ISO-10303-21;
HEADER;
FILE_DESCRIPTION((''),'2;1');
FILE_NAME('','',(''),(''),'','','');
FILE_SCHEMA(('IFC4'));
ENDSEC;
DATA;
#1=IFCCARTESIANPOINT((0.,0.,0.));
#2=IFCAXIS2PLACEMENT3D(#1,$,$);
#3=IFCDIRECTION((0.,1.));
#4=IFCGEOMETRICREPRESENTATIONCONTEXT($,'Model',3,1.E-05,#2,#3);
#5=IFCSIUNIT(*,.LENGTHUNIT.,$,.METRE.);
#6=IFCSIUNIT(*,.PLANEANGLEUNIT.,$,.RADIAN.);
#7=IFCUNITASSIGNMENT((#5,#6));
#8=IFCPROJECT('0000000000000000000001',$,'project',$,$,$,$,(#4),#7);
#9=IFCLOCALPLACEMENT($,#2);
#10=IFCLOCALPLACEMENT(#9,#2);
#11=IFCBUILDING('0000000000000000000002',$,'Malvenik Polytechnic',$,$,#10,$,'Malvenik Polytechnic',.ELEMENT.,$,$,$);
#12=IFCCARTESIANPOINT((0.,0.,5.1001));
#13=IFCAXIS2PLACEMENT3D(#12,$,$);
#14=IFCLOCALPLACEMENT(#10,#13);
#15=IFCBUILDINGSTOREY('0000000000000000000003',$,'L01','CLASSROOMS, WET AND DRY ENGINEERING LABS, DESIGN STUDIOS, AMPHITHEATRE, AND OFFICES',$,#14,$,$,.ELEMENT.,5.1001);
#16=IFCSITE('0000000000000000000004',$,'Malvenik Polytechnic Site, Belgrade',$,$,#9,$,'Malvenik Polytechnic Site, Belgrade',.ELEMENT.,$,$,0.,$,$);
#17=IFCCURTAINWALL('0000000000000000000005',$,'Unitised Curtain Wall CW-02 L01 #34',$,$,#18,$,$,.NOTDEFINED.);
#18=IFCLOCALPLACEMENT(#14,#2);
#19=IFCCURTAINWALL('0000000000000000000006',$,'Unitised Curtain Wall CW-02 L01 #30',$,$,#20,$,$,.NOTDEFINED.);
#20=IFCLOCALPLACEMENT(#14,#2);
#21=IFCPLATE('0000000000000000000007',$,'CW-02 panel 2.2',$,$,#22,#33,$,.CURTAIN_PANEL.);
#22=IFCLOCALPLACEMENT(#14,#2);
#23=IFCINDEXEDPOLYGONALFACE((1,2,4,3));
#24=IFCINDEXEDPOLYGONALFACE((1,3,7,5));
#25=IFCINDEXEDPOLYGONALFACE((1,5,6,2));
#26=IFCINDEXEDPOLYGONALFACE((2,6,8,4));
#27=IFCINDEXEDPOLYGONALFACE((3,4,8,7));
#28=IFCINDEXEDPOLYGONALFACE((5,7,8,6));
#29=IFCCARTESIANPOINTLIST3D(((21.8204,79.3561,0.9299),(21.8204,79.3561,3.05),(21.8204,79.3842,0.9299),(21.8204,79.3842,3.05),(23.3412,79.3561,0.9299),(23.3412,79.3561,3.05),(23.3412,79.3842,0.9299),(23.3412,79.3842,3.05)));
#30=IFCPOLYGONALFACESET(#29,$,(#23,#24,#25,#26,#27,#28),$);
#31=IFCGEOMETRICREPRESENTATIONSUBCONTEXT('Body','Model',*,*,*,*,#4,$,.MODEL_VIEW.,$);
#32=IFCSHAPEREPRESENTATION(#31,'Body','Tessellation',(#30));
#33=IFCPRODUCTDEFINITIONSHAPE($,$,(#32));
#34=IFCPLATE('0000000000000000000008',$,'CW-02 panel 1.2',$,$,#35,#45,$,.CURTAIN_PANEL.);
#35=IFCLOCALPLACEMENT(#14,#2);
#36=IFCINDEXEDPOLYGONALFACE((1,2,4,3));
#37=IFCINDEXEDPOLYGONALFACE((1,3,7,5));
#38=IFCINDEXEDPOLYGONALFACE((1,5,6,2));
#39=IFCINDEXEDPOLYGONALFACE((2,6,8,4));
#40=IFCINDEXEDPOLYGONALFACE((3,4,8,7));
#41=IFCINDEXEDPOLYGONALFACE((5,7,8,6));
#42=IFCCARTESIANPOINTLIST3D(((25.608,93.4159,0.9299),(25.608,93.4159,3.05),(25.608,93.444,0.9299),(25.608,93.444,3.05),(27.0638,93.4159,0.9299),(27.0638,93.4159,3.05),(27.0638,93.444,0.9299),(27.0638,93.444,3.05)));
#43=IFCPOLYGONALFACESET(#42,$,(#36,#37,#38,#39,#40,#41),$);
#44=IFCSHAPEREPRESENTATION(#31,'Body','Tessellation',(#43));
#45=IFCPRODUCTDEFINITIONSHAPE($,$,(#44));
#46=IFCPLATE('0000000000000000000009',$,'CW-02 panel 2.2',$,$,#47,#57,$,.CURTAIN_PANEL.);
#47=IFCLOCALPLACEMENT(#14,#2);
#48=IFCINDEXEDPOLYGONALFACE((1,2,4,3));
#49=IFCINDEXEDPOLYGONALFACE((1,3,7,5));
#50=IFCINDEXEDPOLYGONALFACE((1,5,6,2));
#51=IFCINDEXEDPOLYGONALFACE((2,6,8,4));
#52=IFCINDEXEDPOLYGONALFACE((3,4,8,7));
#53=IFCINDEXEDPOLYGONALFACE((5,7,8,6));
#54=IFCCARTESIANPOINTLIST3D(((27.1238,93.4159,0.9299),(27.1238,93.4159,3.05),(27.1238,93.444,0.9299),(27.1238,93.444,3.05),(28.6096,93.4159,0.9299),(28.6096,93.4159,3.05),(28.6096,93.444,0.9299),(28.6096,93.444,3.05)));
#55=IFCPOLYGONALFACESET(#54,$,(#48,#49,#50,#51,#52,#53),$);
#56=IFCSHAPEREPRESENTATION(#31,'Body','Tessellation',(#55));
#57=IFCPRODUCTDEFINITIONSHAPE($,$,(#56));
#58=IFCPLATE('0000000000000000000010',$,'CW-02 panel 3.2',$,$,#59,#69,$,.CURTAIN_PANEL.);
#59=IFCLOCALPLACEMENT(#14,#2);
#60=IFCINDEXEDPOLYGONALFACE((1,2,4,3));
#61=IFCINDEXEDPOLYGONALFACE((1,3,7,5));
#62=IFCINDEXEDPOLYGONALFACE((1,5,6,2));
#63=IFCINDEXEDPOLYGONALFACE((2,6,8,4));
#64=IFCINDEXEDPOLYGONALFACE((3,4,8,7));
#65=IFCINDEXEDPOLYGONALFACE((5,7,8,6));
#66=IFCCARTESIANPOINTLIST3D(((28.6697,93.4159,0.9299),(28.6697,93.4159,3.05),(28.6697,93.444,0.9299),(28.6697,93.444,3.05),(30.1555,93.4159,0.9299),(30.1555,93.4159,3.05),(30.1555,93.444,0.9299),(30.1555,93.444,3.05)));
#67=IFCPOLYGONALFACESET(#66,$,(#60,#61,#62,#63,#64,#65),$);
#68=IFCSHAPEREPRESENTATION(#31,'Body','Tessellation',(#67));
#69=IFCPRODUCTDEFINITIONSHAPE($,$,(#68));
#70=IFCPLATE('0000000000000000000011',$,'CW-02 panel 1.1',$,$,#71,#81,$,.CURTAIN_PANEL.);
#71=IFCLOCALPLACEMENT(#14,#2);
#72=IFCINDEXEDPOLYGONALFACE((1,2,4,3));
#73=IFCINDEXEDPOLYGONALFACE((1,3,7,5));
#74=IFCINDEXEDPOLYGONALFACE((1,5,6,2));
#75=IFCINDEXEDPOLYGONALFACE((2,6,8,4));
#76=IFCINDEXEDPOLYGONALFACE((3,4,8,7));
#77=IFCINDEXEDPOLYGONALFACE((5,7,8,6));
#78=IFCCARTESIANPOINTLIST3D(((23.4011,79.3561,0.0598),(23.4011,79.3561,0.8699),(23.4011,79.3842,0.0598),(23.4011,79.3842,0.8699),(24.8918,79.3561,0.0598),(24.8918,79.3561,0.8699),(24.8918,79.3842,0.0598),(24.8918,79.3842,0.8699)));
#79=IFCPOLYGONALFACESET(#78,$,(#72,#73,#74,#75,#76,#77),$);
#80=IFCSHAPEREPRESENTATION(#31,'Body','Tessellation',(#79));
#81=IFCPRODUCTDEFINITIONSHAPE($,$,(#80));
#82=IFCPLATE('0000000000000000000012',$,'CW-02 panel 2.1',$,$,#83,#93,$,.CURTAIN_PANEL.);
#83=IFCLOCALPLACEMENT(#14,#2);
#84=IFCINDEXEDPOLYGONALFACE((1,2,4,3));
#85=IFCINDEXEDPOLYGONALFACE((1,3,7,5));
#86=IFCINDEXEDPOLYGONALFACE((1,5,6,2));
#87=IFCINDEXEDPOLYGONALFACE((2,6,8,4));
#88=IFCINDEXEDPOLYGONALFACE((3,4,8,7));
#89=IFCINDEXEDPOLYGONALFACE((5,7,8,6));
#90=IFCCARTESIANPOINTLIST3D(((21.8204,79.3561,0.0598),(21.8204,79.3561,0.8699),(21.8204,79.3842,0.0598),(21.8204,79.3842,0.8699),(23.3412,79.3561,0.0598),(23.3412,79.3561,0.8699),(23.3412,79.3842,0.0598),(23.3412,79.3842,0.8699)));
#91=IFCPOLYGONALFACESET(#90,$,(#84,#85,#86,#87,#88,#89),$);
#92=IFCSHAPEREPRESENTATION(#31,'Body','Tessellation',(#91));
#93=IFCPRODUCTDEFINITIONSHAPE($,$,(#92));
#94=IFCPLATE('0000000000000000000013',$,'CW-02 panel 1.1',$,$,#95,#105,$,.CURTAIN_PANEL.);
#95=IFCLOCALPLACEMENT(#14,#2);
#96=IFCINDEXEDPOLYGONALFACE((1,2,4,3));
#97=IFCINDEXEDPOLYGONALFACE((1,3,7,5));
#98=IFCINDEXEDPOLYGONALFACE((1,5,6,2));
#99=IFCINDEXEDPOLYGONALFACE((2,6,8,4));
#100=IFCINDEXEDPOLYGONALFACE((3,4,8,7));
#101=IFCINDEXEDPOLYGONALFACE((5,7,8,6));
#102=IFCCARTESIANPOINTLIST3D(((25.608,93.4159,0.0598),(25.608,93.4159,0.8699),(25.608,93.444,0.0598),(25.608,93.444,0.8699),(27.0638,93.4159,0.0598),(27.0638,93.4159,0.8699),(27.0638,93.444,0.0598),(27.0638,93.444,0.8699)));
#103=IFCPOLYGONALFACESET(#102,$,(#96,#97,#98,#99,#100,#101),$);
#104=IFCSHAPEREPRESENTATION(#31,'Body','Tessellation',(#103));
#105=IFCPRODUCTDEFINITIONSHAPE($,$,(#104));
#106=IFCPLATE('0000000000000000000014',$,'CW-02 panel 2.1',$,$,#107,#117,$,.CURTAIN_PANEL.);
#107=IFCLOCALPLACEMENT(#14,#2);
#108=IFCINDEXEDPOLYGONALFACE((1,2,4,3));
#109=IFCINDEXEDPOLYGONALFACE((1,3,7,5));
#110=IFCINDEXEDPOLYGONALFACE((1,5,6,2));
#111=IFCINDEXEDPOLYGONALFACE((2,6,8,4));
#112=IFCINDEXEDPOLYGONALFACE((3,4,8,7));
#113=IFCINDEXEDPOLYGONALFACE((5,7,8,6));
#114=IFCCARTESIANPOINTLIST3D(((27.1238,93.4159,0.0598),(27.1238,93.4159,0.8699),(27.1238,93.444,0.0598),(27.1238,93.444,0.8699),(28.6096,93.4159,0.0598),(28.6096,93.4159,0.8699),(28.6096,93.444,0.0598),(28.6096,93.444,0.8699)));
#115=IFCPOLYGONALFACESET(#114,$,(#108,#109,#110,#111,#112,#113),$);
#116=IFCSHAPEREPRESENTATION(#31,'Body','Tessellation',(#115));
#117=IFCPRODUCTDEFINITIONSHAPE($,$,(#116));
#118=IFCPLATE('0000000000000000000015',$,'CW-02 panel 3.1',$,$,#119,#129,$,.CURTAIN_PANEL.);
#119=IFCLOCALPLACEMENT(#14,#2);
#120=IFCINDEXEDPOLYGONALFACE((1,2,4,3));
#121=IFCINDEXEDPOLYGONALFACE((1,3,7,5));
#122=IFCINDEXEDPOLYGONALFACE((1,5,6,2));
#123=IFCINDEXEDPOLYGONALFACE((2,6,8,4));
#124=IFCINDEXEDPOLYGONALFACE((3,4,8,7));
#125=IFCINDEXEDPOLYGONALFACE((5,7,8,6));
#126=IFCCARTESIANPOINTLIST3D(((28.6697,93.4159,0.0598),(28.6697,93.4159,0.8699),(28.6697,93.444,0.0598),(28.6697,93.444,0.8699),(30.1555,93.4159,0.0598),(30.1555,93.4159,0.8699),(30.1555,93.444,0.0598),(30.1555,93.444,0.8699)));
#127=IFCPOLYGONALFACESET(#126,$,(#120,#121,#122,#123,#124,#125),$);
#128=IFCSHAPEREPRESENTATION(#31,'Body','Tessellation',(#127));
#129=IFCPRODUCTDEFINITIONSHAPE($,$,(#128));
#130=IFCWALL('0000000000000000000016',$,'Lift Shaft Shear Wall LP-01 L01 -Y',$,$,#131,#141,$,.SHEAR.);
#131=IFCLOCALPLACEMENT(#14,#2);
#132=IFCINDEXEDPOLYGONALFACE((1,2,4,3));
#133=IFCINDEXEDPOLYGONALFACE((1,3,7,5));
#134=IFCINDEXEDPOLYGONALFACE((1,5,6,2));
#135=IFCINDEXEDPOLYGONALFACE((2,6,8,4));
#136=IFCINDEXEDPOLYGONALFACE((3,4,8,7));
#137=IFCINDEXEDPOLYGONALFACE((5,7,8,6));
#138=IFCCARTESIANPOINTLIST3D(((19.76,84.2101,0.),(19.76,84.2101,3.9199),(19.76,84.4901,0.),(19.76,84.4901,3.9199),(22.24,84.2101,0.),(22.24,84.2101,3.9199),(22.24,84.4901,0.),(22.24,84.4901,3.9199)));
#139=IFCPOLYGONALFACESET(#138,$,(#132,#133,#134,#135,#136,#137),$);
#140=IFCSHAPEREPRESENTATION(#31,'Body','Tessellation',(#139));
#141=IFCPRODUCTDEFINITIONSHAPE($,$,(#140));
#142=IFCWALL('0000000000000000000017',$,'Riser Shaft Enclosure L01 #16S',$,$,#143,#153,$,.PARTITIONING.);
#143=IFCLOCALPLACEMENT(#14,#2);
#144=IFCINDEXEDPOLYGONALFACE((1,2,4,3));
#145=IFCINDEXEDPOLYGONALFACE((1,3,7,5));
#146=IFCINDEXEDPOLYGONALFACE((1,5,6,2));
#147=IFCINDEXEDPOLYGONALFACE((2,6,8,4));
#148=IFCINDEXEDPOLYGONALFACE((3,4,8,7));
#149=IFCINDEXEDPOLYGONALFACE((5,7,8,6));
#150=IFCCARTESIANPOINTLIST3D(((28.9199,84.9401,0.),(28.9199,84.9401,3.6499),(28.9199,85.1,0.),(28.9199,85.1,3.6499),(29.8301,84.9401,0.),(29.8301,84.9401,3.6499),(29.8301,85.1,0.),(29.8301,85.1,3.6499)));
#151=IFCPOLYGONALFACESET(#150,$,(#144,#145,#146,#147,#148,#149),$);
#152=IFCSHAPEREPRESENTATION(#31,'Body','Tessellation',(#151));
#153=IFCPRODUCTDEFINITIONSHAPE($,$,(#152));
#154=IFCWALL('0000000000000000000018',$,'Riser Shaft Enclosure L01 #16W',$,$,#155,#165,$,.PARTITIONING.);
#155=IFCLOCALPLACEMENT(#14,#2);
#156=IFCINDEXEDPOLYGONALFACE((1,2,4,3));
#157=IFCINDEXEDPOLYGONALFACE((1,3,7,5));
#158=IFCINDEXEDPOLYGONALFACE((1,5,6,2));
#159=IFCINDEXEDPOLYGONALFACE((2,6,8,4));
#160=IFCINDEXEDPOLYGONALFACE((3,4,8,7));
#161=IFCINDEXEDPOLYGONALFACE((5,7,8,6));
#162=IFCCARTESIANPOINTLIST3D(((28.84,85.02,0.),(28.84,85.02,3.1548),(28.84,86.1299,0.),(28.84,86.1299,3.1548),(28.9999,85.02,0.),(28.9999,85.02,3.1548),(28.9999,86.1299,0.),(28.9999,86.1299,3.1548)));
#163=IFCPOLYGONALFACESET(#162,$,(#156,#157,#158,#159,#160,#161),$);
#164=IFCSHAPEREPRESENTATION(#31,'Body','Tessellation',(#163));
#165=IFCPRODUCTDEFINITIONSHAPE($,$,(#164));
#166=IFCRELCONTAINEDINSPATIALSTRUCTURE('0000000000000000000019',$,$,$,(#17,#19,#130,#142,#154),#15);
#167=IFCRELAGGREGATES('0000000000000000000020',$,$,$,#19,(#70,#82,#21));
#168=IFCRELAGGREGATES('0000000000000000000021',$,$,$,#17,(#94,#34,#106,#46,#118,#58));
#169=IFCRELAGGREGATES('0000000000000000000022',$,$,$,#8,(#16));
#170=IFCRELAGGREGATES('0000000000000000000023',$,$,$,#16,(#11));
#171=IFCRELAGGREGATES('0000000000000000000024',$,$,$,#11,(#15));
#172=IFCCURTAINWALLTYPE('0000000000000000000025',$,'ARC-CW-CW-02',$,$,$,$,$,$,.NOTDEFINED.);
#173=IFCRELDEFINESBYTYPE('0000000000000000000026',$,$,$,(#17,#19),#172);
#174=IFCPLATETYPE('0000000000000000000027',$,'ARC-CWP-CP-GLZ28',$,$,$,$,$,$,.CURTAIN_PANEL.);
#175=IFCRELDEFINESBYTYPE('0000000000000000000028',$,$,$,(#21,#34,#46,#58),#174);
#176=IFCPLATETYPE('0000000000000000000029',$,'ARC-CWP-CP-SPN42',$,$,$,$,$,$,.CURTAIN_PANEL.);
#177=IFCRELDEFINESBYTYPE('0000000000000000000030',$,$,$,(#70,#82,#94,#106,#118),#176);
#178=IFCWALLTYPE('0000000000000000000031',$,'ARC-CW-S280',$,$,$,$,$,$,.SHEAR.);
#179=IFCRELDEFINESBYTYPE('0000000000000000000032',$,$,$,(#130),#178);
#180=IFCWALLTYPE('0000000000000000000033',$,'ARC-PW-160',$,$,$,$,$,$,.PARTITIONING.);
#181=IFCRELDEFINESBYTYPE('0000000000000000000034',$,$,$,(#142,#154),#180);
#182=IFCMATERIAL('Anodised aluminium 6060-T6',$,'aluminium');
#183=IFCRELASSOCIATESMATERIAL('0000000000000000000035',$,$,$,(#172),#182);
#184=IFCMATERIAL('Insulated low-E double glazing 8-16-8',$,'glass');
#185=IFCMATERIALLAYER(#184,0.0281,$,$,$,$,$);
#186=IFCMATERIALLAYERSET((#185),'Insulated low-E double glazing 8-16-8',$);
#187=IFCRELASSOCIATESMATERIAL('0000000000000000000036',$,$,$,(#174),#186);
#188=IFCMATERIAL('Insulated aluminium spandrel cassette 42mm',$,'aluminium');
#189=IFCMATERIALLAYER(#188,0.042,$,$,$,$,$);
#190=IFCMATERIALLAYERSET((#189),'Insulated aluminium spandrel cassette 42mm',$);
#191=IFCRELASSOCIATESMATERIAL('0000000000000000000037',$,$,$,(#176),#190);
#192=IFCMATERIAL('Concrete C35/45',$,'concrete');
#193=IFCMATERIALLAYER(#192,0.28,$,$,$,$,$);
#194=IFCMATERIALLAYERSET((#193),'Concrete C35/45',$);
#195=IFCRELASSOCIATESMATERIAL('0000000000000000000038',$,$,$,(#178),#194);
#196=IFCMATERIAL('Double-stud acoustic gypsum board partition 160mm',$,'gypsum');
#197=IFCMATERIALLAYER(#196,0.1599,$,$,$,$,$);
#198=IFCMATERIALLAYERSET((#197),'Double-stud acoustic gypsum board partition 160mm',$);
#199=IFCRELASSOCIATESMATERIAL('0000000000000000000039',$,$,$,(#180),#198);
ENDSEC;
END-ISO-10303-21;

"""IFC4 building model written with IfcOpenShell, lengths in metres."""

from ifc_helpers import new_model, si_unit, direction, frame, frame_2d, origin, origin_2d, place, context, subcontext, project, spatial, rectangle, extrude, material, layer, layer_set, type_object, element, aggregate, save


model = new_model("IFC4")

# Units and contexts
model_context = context("Model", 3, precision=1e-05, world=origin(), true_north=direction((0.0, 1.0)))
body_context = subcontext(model_context, "Body", "Model", "MODEL_VIEW")
ifc_project = project(units=[si_unit("LENGTHUNIT", "METRE"), si_unit("PLANEANGLEUNIT", "RADIAN")], contexts=[model_context])

# Site, building, storey
site_placement = place(None, origin())
site = spatial("IfcSite", under=ifc_project, at=site_placement, Name="Malvenik Polytechnic Site, Belgrade", LongName="Malvenik Polytechnic Site, Belgrade", CompositionType="ELEMENT", RefElevation=0.0)
building_placement = place(site_placement, origin())
building = spatial("IfcBuilding", under=site, at=building_placement, Name="Malvenik Polytechnic", LongName="Malvenik Polytechnic", CompositionType="ELEMENT")
storey_placement = place(building_placement, frame((0.0, 0.0, 5.1001)))
storey = spatial("IfcBuildingStorey", under=building, at=storey_placement, Name="L01", Description="CLASSROOMS, WET AND DRY ENGINEERING LABS, DESIGN STUDIOS, AMPHITHEATRE, AND OFFICES", CompositionType="ELEMENT", Elevation=5.1001)

# Shared definitions
ifc_material_1 = material(Name="Concrete C35/45", Category="concrete")

# Curtain walls
ifc_material_2 = material(Name="Anodised aluminium 6060-T6", Category="aluminium")
curtain_wall_type = type_object("IfcCurtainWallType", Name="ARC-CW-CW-02", PredefinedType="NOTDEFINED", material=ifc_material_2)
curtain_wall_1_placement = place(storey_placement, origin())
curtain_wall_1 = element("IfcCurtainWall", 1, at=curtain_wall_1_placement, inside=storey, type_object=curtain_wall_type, Name="Unitised Curtain Wall CW-02 L01 #34", PredefinedType="NOTDEFINED")
curtain_wall_2_placement = place(storey_placement, origin())
curtain_wall_2 = element("IfcCurtainWall", 2, at=curtain_wall_2_placement, inside=storey, type_object=curtain_wall_type, Name="Unitised Curtain Wall CW-02 L01 #30", PredefinedType="NOTDEFINED")

# Plates
ifc_material_3 = material(Name="Insulated low-E double glazing 8-16-8", Category="glass")
ifc_layer_1 = layer(ifc_material_3, 0.0281)
ifc_layer_set_1 = layer_set([ifc_layer_1], Name="Insulated low-E double glazing 8-16-8")
plate_type_1 = type_object("IfcPlateType", Name="ARC-CWP-CP-GLZ28", PredefinedType="CURTAIN_PANEL", material=ifc_layer_set_1)
plate_1_placement = place(storey_placement, frame((22.5808, 79.3701, 0.9299), z_axis=(0.0, 0.0, 1.0), x_axis=(-1.0, 0.0, 0.0)))
plate_1 = element("IfcPlate", 3, at=plate_1_placement, type_object=plate_type_1, Name="CW-02 panel 2.2", PredefinedType="CURTAIN_PANEL", context=body_context, shape_type="SweptSolid", body=[
    extrude(rectangle(XDim=1.5208, YDim=0.0281, at=origin_2d()), origin(), (0.0, 0.0, 1.0), 2.1201),
])
plate_2_placement = place(storey_placement, frame((26.3359, 93.4299, 0.9299), z_axis=(0.0, 0.0, 1.0), x_axis=(1.0, 0.0, 0.0)))
plate_2 = element("IfcPlate", 4, at=plate_2_placement, type_object=plate_type_1, Name="CW-02 panel 1.2", PredefinedType="CURTAIN_PANEL", context=body_context, shape_type="SweptSolid", body=[
    extrude(rectangle(XDim=1.4558, YDim=0.0281, at=origin_2d()), origin(), (0.0, 0.0, 1.0), 2.1201),
])
plate_3_placement = place(storey_placement, frame((27.8667, 93.4299, 0.9299), z_axis=(0.0, 0.0, 1.0), x_axis=(1.0, 0.0, 0.0)))
plate_3 = element("IfcPlate", 5, at=plate_3_placement, type_object=plate_type_1, Name="CW-02 panel 2.2", PredefinedType="CURTAIN_PANEL", context=body_context, shape_type="SweptSolid", body=[
    extrude(rectangle(XDim=1.4858, YDim=0.0281, at=origin_2d()), origin(), (0.0, 0.0, 1.0), 2.1201),
])
plate_4_placement = place(storey_placement, frame((29.4126, 93.4299, 0.9299), z_axis=(0.0, 0.0, 1.0), x_axis=(1.0, 0.0, 0.0)))
plate_4 = element("IfcPlate", 6, at=plate_4_placement, type_object=plate_type_1, Name="CW-02 panel 3.2", PredefinedType="CURTAIN_PANEL", context=body_context, shape_type="SweptSolid", body=[
    extrude(rectangle(XDim=1.4858, YDim=0.0281, at=origin_2d()), origin(), (0.0, 0.0, 1.0), 2.1201),
])
ifc_material_4 = material(Name="Insulated aluminium spandrel cassette 42mm", Category="aluminium")
ifc_layer_2 = layer(ifc_material_4, 0.042)
ifc_layer_set_2 = layer_set([ifc_layer_2], Name="Insulated aluminium spandrel cassette 42mm")
plate_type_2 = type_object("IfcPlateType", Name="ARC-CWP-CP-SPN42", PredefinedType="CURTAIN_PANEL", material=ifc_layer_set_2)
plate_5_placement = place(storey_placement, frame((24.1465, 79.3701, 0.0598), z_axis=(0.0, 0.0, 1.0), x_axis=(-1.0, 0.0, 0.0)))
plate_5 = element("IfcPlate", 7, at=plate_5_placement, type_object=plate_type_2, Name="CW-02 panel 1.1", PredefinedType="CURTAIN_PANEL", context=body_context, shape_type="SweptSolid", body=[
    extrude(rectangle(XDim=1.4907, YDim=0.0281, at=origin_2d()), origin(), (0.0, 0.0, 1.0), 0.8101),
])
plate_6_placement = place(storey_placement, frame((22.5808, 79.3701, 0.0598), z_axis=(0.0, 0.0, 1.0), x_axis=(-1.0, 0.0, 0.0)))
plate_6 = element("IfcPlate", 8, at=plate_6_placement, type_object=plate_type_2, Name="CW-02 panel 2.1", PredefinedType="CURTAIN_PANEL", context=body_context, shape_type="SweptSolid", body=[
    extrude(rectangle(XDim=1.5208, YDim=0.0281, at=origin_2d()), origin(), (0.0, 0.0, 1.0), 0.8101),
])
aggregate(curtain_wall_2, [plate_5, plate_6, plate_1])
plate_7_placement = place(storey_placement, frame((26.3359, 93.4299, 0.0598), z_axis=(0.0, 0.0, 1.0), x_axis=(1.0, 0.0, 0.0)))
plate_7 = element("IfcPlate", 9, at=plate_7_placement, type_object=plate_type_2, Name="CW-02 panel 1.1", PredefinedType="CURTAIN_PANEL", context=body_context, shape_type="SweptSolid", body=[
    extrude(rectangle(XDim=1.4558, YDim=0.0281, at=origin_2d()), origin(), (0.0, 0.0, 1.0), 0.8101),
])
plate_8_placement = place(storey_placement, frame((27.8667, 93.4299, 0.0598), z_axis=(0.0, 0.0, 1.0), x_axis=(1.0, 0.0, 0.0)))
plate_8 = element("IfcPlate", 10, at=plate_8_placement, type_object=plate_type_2, Name="CW-02 panel 2.1", PredefinedType="CURTAIN_PANEL", context=body_context, shape_type="SweptSolid", body=[
    extrude(rectangle(XDim=1.4858, YDim=0.0281, at=origin_2d()), origin(), (0.0, 0.0, 1.0), 0.8101),
])
plate_9_placement = place(storey_placement, frame((29.4126, 93.4299, 0.0598), z_axis=(0.0, 0.0, 1.0), x_axis=(1.0, 0.0, 0.0)))
plate_9 = element("IfcPlate", 11, at=plate_9_placement, type_object=plate_type_2, Name="CW-02 panel 3.1", PredefinedType="CURTAIN_PANEL", context=body_context, shape_type="SweptSolid", body=[
    extrude(rectangle(XDim=1.4858, YDim=0.0281, at=origin_2d()), origin(), (0.0, 0.0, 1.0), 0.8101),
])
aggregate(curtain_wall_1, [plate_7, plate_2, plate_8, plate_3, plate_9, plate_4])

# Walls
ifc_layer_3 = layer(ifc_material_1, 0.28)
ifc_layer_set_3 = layer_set([ifc_layer_3], Name="Concrete C35/45")
wall_type_1 = type_object("IfcWallType", Name="ARC-CW-S280", PredefinedType="SHEAR", material=ifc_layer_set_3)
wall_1_placement = place(storey_placement, frame((22.24, 84.3501, 0.0), z_axis=(0.0, 0.0, 1.0), x_axis=(-1.0, 0.0, 0.0)))
element("IfcWall", 12, at=wall_1_placement, inside=storey, type_object=wall_type_1, Name="Lift Shaft Shear Wall LP-01 L01 -Y", PredefinedType="SHEAR", context=body_context, shape_type="SweptSolid", body=[
    extrude(rectangle(XDim=2.48, YDim=0.28, at=frame_2d((1.24, 0.0))), origin(), (0.0, 0.0, 1.0), 3.9199),
])
ifc_material_5 = material(Name="Double-stud acoustic gypsum board partition 160mm", Category="gypsum")
ifc_layer_4 = layer(ifc_material_5, 0.1599)
ifc_layer_set_4 = layer_set([ifc_layer_4], Name="Double-stud acoustic gypsum board partition 160mm")
wall_type_2 = type_object("IfcWallType", Name="ARC-PW-160", PredefinedType="PARTITIONING", material=ifc_layer_set_4)
wall_2_placement = place(storey_placement, frame((28.9199, 85.02, 0.0), z_axis=(0.0, 0.0, 1.0), x_axis=(1.0, 0.0, 0.0)))
element("IfcWall", 13, at=wall_2_placement, inside=storey, type_object=wall_type_2, Name="Riser Shaft Enclosure L01 #16S", PredefinedType="PARTITIONING", context=body_context, shape_type="SweptSolid", body=[
    extrude(rectangle(XDim=0.9102, YDim=0.1599, at=frame_2d((0.4551, 0.0))), origin(), (0.0, 0.0, 1.0), 3.6499),
])
wall_3_placement = place(storey_placement, frame((28.9199, 86.1299, 0.0), z_axis=(0.0, 0.0, 1.0), x_axis=(0.0, -1.0, 0.0)))
element("IfcWall", 14, at=wall_3_placement, inside=storey, type_object=wall_type_2, Name="Riser Shaft Enclosure L01 #16W", PredefinedType="PARTITIONING", context=body_context, shape_type="SweptSolid", body=[
    extrude(rectangle(XDim=1.1099, YDim=0.1599, at=frame_2d((0.5549, 0.0))), origin(), (0.0, 0.0, 1.0), 3.1548),
])

save(model, "model.ifc")
